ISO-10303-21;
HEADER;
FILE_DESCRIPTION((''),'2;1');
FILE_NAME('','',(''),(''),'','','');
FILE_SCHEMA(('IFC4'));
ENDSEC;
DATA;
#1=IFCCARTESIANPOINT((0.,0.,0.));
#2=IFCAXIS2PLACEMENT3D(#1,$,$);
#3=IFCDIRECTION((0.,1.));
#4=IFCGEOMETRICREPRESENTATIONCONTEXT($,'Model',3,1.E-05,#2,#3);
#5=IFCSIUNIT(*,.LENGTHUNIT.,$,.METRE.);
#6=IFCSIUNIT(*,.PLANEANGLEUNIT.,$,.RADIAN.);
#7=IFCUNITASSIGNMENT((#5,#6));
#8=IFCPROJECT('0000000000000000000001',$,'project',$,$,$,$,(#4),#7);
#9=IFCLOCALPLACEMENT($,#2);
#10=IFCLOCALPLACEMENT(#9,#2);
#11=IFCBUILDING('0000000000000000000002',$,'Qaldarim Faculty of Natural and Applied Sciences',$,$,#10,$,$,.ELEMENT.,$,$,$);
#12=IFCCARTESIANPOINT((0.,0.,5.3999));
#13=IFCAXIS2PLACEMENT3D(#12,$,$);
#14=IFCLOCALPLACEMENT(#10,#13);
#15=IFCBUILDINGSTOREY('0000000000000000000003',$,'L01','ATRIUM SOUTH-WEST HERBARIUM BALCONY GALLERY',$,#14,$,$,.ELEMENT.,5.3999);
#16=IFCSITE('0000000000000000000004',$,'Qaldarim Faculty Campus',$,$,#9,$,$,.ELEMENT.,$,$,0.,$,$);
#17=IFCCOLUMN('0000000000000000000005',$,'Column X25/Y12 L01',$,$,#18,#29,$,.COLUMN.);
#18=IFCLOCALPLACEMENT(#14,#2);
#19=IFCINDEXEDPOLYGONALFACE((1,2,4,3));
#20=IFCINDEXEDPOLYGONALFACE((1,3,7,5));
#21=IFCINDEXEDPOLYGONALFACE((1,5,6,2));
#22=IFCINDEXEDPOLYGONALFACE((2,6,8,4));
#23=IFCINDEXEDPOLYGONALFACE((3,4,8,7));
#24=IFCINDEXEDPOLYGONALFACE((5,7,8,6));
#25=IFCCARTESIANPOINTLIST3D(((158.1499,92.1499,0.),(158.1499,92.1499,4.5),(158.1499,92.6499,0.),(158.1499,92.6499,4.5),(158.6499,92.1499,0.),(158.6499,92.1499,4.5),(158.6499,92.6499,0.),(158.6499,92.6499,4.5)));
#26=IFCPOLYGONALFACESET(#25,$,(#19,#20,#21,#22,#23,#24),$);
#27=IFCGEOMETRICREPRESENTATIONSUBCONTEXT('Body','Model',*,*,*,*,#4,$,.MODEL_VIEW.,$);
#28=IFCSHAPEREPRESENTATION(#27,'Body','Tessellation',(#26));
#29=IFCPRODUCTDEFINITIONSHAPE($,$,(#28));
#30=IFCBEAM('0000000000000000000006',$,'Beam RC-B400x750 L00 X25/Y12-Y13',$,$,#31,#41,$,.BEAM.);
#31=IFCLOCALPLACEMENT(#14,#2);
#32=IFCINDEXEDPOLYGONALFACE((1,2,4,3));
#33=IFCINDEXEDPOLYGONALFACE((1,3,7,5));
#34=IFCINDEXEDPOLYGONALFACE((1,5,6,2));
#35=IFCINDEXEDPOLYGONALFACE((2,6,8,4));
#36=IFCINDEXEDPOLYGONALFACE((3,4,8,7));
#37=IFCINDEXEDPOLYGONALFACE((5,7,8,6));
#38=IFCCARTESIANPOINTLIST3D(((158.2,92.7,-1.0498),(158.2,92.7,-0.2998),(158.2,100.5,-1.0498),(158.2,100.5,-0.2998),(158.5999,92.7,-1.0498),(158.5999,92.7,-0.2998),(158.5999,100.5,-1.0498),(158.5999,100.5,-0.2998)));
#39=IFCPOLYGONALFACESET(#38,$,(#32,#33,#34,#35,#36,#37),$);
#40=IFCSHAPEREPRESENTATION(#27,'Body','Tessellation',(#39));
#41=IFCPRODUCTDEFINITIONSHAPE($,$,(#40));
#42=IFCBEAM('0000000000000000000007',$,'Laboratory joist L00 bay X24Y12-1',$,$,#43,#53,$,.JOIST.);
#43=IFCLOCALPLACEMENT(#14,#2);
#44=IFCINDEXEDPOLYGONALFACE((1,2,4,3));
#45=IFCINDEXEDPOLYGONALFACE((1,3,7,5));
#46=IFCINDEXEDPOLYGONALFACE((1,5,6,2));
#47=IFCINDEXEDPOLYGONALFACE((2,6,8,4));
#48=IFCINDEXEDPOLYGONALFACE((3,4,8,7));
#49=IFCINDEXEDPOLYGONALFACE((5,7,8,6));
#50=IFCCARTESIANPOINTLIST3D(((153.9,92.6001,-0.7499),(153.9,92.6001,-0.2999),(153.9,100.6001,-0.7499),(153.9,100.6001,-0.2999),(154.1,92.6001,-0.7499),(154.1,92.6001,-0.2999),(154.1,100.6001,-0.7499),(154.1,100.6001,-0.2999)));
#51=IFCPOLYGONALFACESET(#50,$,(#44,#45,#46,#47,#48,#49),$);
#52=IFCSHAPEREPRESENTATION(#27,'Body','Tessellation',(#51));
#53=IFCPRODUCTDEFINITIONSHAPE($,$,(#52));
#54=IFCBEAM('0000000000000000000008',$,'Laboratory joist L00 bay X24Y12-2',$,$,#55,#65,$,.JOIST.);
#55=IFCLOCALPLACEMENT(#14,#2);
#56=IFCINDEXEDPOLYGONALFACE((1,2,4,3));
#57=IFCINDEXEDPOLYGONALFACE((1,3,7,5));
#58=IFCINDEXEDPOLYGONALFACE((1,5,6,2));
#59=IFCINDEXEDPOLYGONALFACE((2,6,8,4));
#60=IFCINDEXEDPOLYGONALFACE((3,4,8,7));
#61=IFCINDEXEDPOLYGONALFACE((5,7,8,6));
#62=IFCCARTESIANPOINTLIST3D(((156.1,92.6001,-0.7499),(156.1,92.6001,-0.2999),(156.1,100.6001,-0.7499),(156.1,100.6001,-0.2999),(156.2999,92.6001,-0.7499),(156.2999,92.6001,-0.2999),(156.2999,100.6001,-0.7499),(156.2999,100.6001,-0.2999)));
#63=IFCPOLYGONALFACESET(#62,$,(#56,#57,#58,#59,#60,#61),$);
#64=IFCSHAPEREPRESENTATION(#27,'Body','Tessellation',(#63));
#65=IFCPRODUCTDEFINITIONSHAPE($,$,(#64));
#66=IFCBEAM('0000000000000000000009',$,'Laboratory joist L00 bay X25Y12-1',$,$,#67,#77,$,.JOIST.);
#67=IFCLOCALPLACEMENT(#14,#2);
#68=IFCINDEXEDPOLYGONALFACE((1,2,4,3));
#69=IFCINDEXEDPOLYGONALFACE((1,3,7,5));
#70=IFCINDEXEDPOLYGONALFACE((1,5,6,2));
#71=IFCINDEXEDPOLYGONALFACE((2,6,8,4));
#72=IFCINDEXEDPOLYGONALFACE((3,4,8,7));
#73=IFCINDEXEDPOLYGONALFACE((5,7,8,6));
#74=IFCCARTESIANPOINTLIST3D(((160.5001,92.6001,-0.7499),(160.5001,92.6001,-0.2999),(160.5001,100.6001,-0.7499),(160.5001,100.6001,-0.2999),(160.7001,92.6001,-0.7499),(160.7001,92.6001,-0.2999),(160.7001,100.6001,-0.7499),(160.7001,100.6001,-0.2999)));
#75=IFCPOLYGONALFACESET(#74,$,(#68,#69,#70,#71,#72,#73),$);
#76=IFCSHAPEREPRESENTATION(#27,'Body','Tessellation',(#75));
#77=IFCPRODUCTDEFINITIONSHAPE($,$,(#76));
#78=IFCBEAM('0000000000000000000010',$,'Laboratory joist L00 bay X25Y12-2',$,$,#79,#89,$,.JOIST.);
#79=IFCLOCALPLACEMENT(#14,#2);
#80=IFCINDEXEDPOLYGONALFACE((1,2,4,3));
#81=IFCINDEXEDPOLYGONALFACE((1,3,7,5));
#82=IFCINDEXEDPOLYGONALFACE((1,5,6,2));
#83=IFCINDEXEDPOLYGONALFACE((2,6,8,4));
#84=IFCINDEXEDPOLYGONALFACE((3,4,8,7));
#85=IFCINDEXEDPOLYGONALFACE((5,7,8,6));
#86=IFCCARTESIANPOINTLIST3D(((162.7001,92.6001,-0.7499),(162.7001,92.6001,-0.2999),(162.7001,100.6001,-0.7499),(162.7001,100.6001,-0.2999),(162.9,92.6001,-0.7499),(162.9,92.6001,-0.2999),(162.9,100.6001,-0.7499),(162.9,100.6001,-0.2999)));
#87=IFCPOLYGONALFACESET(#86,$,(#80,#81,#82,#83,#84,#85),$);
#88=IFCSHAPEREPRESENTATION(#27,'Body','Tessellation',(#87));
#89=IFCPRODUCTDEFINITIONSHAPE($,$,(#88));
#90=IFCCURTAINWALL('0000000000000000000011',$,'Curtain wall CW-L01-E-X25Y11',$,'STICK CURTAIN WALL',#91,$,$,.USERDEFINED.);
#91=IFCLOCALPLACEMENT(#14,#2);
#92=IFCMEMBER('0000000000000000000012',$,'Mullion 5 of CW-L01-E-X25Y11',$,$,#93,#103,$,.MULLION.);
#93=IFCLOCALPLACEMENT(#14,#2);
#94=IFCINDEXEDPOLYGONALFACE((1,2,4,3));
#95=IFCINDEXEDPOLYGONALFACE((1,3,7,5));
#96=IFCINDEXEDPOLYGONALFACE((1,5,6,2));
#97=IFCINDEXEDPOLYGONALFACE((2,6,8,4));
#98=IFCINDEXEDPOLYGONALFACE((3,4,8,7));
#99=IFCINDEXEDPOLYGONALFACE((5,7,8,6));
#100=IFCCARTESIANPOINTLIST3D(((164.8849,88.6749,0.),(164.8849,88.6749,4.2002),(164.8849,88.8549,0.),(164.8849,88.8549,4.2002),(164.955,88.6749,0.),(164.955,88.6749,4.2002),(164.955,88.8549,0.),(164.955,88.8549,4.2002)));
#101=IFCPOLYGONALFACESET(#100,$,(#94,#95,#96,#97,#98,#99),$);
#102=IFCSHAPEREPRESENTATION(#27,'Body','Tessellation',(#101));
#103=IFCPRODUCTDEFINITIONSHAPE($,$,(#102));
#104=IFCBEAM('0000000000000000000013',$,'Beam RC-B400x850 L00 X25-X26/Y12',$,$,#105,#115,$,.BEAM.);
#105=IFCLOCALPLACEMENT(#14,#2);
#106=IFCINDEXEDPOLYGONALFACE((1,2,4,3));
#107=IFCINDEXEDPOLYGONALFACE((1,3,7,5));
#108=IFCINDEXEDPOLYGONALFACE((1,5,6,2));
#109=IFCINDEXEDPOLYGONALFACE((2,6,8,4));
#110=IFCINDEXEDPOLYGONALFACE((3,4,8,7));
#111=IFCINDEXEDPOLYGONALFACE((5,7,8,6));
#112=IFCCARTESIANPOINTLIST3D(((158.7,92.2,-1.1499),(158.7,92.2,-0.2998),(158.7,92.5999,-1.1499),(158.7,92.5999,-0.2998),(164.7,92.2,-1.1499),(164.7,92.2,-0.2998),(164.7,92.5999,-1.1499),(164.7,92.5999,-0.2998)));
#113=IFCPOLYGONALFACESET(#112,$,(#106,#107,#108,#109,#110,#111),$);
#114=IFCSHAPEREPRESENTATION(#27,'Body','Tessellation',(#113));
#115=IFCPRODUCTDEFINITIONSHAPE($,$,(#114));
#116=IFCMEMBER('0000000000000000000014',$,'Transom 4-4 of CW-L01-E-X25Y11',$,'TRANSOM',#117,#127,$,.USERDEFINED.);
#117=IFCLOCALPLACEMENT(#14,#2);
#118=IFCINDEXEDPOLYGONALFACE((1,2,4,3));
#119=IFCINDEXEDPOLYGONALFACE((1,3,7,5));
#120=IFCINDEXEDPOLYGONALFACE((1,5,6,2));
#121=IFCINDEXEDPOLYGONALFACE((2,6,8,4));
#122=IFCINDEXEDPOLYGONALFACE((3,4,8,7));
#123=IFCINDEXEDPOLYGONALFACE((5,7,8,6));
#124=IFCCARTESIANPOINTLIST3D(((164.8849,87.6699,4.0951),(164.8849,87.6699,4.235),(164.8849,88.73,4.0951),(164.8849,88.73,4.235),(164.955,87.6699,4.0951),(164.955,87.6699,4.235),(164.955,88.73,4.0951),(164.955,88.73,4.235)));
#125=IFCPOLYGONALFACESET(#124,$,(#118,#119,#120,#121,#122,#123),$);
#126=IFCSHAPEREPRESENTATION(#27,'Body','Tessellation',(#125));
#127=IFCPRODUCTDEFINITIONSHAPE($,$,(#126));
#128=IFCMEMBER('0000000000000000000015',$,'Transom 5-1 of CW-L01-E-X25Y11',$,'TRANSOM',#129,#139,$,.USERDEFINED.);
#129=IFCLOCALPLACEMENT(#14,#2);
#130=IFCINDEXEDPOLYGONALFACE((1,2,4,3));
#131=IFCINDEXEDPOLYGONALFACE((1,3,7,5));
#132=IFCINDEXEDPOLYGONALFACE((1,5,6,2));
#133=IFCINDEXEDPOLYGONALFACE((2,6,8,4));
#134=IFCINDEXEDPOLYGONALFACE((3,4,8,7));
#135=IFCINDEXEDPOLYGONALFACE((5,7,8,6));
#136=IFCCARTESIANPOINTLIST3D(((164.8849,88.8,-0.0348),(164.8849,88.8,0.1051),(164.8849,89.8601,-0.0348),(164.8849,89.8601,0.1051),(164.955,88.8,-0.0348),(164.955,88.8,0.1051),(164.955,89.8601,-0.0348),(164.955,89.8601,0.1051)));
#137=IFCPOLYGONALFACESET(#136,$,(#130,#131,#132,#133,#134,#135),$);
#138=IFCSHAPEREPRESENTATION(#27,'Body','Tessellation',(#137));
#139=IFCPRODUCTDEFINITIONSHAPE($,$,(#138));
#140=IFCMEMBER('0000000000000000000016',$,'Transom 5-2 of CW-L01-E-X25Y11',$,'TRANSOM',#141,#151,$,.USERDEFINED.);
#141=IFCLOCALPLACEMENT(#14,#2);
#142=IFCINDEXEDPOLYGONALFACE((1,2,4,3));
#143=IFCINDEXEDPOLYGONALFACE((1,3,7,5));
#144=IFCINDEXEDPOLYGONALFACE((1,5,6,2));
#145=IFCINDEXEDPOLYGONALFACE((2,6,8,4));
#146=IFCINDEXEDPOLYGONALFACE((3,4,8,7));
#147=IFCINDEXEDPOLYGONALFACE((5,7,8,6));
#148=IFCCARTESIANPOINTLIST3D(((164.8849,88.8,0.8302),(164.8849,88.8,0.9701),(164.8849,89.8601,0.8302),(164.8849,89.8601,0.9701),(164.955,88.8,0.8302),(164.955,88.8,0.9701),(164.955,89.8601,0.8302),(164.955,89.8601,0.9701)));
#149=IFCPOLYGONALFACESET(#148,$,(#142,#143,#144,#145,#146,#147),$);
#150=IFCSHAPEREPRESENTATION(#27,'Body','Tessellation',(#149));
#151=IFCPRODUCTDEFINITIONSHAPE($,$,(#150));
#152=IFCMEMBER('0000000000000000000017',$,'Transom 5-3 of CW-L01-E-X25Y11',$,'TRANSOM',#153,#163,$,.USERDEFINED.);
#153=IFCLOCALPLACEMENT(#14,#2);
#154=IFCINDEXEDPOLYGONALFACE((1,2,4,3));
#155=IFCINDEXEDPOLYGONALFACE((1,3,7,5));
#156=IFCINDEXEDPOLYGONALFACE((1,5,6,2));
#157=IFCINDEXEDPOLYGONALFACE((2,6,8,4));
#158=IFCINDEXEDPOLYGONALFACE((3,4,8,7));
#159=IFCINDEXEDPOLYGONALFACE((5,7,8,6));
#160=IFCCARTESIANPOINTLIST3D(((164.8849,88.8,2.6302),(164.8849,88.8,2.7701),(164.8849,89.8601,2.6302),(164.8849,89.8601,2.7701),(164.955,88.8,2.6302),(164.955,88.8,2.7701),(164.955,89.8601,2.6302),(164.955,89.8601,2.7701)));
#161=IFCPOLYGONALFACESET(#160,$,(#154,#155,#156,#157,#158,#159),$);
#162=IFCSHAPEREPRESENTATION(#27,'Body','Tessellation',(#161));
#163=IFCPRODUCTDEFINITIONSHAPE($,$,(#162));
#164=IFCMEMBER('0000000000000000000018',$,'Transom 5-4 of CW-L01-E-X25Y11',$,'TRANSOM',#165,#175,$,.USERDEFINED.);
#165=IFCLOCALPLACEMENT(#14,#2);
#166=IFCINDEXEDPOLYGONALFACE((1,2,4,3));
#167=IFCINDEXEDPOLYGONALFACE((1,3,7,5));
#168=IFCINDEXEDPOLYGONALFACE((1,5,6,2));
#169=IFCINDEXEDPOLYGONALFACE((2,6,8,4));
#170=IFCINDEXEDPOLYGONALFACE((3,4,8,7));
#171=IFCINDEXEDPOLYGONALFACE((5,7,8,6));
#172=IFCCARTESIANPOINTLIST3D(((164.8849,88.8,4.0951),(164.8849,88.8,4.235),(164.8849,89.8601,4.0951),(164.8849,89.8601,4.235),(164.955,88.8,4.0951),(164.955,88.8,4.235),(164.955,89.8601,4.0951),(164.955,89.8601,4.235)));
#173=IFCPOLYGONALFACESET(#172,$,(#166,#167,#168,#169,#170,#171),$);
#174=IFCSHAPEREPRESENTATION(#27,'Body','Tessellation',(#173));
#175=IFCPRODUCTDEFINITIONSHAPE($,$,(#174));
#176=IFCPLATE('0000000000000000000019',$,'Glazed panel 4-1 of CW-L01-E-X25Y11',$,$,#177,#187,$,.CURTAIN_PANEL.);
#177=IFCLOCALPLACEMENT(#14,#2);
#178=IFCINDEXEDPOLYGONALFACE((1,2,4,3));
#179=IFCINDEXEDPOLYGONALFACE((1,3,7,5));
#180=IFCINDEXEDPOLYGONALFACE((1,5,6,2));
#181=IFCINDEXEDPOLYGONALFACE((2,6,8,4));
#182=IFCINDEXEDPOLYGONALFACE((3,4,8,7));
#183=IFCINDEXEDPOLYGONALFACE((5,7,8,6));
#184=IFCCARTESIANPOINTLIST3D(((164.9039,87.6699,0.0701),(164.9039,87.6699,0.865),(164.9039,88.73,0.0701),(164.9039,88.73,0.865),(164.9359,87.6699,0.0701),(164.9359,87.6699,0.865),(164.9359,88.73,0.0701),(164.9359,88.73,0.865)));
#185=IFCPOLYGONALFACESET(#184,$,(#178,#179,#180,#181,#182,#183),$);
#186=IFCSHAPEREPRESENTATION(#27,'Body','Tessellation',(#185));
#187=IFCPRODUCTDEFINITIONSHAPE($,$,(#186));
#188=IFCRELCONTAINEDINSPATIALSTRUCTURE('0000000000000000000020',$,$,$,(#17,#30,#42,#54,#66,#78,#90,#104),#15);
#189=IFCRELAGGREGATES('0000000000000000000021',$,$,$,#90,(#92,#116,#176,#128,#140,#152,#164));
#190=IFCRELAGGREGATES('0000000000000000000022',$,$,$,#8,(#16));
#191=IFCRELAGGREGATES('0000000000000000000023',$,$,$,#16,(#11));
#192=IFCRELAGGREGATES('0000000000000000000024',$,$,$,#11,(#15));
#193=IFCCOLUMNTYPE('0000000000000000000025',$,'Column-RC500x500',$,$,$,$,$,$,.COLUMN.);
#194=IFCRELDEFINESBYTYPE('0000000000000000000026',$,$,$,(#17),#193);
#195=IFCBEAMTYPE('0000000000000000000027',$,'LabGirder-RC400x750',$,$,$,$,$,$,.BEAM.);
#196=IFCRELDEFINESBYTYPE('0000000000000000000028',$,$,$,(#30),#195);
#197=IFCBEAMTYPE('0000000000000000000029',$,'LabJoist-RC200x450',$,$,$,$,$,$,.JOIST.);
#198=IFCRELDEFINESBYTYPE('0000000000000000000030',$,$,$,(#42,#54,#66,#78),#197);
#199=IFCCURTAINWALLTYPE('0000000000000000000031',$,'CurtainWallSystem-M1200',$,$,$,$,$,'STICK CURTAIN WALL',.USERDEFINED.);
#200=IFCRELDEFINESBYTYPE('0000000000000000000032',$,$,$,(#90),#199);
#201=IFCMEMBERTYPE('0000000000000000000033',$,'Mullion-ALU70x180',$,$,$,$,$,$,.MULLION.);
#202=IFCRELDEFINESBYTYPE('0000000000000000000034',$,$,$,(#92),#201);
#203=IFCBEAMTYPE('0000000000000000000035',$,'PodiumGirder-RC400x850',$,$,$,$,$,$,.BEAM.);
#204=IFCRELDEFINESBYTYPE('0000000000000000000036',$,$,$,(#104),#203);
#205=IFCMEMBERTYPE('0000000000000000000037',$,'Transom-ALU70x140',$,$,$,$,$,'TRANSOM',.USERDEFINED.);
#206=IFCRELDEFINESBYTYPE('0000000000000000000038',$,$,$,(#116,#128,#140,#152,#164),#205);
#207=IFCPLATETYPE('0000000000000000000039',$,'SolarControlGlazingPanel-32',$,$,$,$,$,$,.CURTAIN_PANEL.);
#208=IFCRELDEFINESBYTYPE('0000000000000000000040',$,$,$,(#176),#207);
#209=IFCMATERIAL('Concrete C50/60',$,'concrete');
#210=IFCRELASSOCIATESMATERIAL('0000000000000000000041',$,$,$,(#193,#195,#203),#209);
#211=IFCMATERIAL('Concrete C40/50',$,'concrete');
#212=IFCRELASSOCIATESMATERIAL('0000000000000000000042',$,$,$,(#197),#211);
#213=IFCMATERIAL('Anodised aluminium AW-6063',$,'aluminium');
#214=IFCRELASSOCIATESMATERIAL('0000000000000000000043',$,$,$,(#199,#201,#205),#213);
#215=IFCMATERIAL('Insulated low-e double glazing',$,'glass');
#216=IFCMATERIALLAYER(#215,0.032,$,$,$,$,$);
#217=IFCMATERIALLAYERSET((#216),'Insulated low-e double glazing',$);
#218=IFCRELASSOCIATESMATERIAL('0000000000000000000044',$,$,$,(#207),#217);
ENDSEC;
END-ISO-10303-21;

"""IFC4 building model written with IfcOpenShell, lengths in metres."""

from ifc_helpers import new_model, si_unit, direction, frame, origin, origin_2d, place, context, subcontext, project, spatial, rectangle, extrude, material, layer, layer_set, material_profile, profile_set, type_object, element, aggregate, save


model = new_model("IFC4")

# Units and contexts
model_context = context("Model", 3, precision=1e-05, world=origin(), true_north=direction((0.0, 1.0)))
body_context = subcontext(model_context, "Body", "Model", "MODEL_VIEW")
ifc_project = project(units=[si_unit("LENGTHUNIT", "METRE"), si_unit("PLANEANGLEUNIT", "RADIAN")], contexts=[model_context])

# Site, building, storey
site_placement = place(None, origin())
site = spatial("IfcSite", under=ifc_project, at=site_placement, Name="Qaldarim Faculty Campus", CompositionType="ELEMENT", RefElevation=0.0)
building_placement = place(site_placement, origin())
building = spatial("IfcBuilding", under=site, at=building_placement, Name="Qaldarim Faculty of Natural and Applied Sciences", CompositionType="ELEMENT")
storey_placement = place(building_placement, frame((0.0, 0.0, 5.3999)))
storey = spatial("IfcBuildingStorey", under=building, at=storey_placement, Name="L01", Description="ATRIUM SOUTH-WEST HERBARIUM BALCONY GALLERY", CompositionType="ELEMENT", Elevation=5.3999)

# Column
ifc_material_1 = material(Name="Concrete C50/60", Category="concrete")
ifc_material_profile_1 = material_profile(ifc_material_1, rectangle(XDim=0.5, YDim=0.5, at=origin_2d()), Name="RC-C500x500")
ifc_profile_set_1 = profile_set([ifc_material_profile_1], Name="Concrete C50/60")
column_type = type_object("IfcColumnType", Name="Column-RC500x500", PredefinedType="COLUMN", material=ifc_profile_set_1)
column_placement = place(storey_placement, frame((158.3999, 92.3999, 0.0), z_axis=(0.0, 0.0, 1.0), x_axis=(1.0, 0.0, 0.0)))
element("IfcColumn", 1, at=column_placement, inside=storey, type_object=column_type, Name="Column X25/Y12 L01", PredefinedType="COLUMN", context=body_context, shape_type="SweptSolid", body=[
    extrude(rectangle(XDim=0.5, YDim=0.5, at=origin_2d()), origin(), (0.0, 0.0, 1.0), 4.5),
])

# Beams
ifc_material_profile_2 = material_profile(ifc_material_1, rectangle(XDim=0.3999, YDim=0.75, at=origin_2d()), Name="RC-B400x750")
ifc_profile_set_2 = profile_set([ifc_material_profile_2], Name="Concrete C50/60")
beam_type_1 = type_object("IfcBeamType", Name="LabGirder-RC400x750", PredefinedType="BEAM", material=ifc_profile_set_2)
beam_1_placement = place(storey_placement, frame((158.3999, 92.7, -0.6748), z_axis=(0.0, 1.0, 0.0), x_axis=(-1.0, 0.0, 0.0)))
element("IfcBeam", 2, at=beam_1_placement, inside=storey, type_object=beam_type_1, Name="Beam RC-B400x750 L00 X25/Y12-Y13", PredefinedType="BEAM", context=body_context, shape_type="SweptSolid", body=[
    extrude(rectangle(XDim=0.3999, YDim=0.75, at=origin_2d()), origin(), (0.0, 0.0, 1.0), 7.8),
])
ifc_material_2 = material(Name="Concrete C40/50", Category="concrete")
ifc_material_profile_3 = material_profile(ifc_material_2, rectangle(XDim=0.2, YDim=0.45, at=origin_2d()), Name="RC-J200x450")
ifc_profile_set_3 = profile_set([ifc_material_profile_3], Name="Concrete C40/50")
beam_type_2 = type_object("IfcBeamType", Name="LabJoist-RC200x450", PredefinedType="JOIST", material=ifc_profile_set_3)
for number, where, z_axis, x_axis, name in (
    (3, (154.0, 92.6001, -0.5249), (0.0, 1.0, 0.0), (-1.0, 0.0, 0.0), "Laboratory joist L00 bay X24Y12-1"),
    (4, (156.2, 92.6001, -0.5249), (0.0, 1.0, 0.0), (-1.0, 0.0, 0.0), "Laboratory joist L00 bay X24Y12-2"),
    (5, (160.6001, 92.6001, -0.5249), (0.0, 1.0, 0.0), (-1.0, 0.0, 0.0), "Laboratory joist L00 bay X25Y12-1"),
    (6, (162.8, 92.6001, -0.5249), (0.0, 1.0, 0.0), (-1.0, 0.0, 0.0), "Laboratory joist L00 bay X25Y12-2"),
):
    element("IfcBeam", number, at=place(storey_placement, frame(where, z_axis=z_axis, x_axis=x_axis)), inside=storey, type_object=beam_type_2, Name=name, PredefinedType="JOIST", context=body_context, shape_type="SweptSolid", body=[
        extrude(rectangle(XDim=0.2, YDim=0.45, at=origin_2d()), origin(), (0.0, 0.0, 1.0), 8.0),
    ])

# Curtain wall, member
ifc_material_3 = material(Name="Anodised aluminium AW-6063", Category="aluminium")
curtain_wall_type = type_object("IfcCurtainWallType", Name="CurtainWallSystem-M1200", ElementType="STICK CURTAIN WALL", PredefinedType="USERDEFINED", material=ifc_material_3)
curtain_wall_placement = place(storey_placement, origin())
curtain_wall = element("IfcCurtainWall", 7, at=curtain_wall_placement, inside=storey, type_object=curtain_wall_type, Name="Curtain wall CW-L01-E-X25Y11", ObjectType="STICK CURTAIN WALL", PredefinedType="USERDEFINED")
ifc_material_profile_4 = material_profile(ifc_material_3, rectangle(XDim=0.0701, YDim=0.1799, at=origin_2d()), Name="ALU-M70x180")
ifc_profile_set_4 = profile_set([ifc_material_profile_4], Name="Anodised aluminium AW-6063")
member_type_1 = type_object("IfcMemberType", Name="Mullion-ALU70x180", PredefinedType="MULLION", material=ifc_profile_set_4)
member_1_placement = place(storey_placement, frame((164.9199, 88.7649, 0.0), z_axis=(0.0, 0.0, 1.0), x_axis=(-1.0, 0.0, 0.0)))
member_1 = element("IfcMember", 8, at=member_1_placement, type_object=member_type_1, Name="Mullion 5 of CW-L01-E-X25Y11", PredefinedType="MULLION", context=body_context, shape_type="SweptSolid", body=[
    extrude(rectangle(XDim=0.0701, YDim=0.1799, at=origin_2d()), origin(), (0.0, 0.0, 1.0), 4.2002),
])

# Beam
ifc_material_profile_5 = material_profile(ifc_material_1, rectangle(XDim=0.3999, YDim=0.8501, at=origin_2d()), Name="RC-B400x850")
ifc_profile_set_5 = profile_set([ifc_material_profile_5], Name="Concrete C50/60")
beam_type_3 = type_object("IfcBeamType", Name="PodiumGirder-RC400x850", PredefinedType="BEAM", material=ifc_profile_set_5)
beam_2_placement = place(storey_placement, frame((158.7, 92.3999, -0.7249), z_axis=(1.0, 0.0, 0.0), x_axis=(0.0, 1.0, 0.0)))
element("IfcBeam", 9, at=beam_2_placement, inside=storey, type_object=beam_type_3, Name="Beam RC-B400x850 L00 X25-X26/Y12", PredefinedType="BEAM", context=body_context, shape_type="SweptSolid", body=[
    extrude(rectangle(XDim=0.3999, YDim=0.8501, at=origin_2d()), origin(), (0.0, 0.0, 1.0), 6.0),
])

# Members
ifc_material_profile_6 = material_profile(ifc_material_3, rectangle(XDim=0.0701, YDim=0.1399, at=origin_2d()), Name="ALU-T70x140")
ifc_profile_set_6 = profile_set([ifc_material_profile_6], Name="Anodised aluminium AW-6063")
member_type_2 = type_object("IfcMemberType", Name="Transom-ALU70x140", ElementType="TRANSOM", PredefinedType="USERDEFINED", material=ifc_profile_set_6)
member_2_placement = place(storey_placement, frame((164.9199, 87.6699, 4.165), z_axis=(0.0, 1.0, 0.0), x_axis=(-1.0, 0.0, 0.0)))
member_2 = element("IfcMember", 10, at=member_2_placement, type_object=member_type_2, Name="Transom 4-4 of CW-L01-E-X25Y11", ObjectType="TRANSOM", PredefinedType="USERDEFINED", context=body_context, shape_type="SweptSolid", body=[
    extrude(rectangle(XDim=0.0701, YDim=0.1399, at=origin_2d()), origin(), (0.0, 0.0, 1.0), 1.0601),
])
member_3_placement = place(storey_placement, frame((164.9199, 88.8, 0.0352), z_axis=(0.0, 1.0, 0.0), x_axis=(-1.0, 0.0, 0.0)))
member_3 = element("IfcMember", 11, at=member_3_placement, type_object=member_type_2, Name="Transom 5-1 of CW-L01-E-X25Y11", ObjectType="TRANSOM", PredefinedType="USERDEFINED", context=body_context, shape_type="SweptSolid", body=[
    extrude(rectangle(XDim=0.0701, YDim=0.1399, at=origin_2d()), origin(), (0.0, 0.0, 1.0), 1.0601),
])
member_4_placement = place(storey_placement, frame((164.9199, 88.8, 0.9001), z_axis=(0.0, 1.0, 0.0), x_axis=(-1.0, 0.0, 0.0)))
member_4 = element("IfcMember", 12, at=member_4_placement, type_object=member_type_2, Name="Transom 5-2 of CW-L01-E-X25Y11", ObjectType="TRANSOM", PredefinedType="USERDEFINED", context=body_context, shape_type="SweptSolid", body=[
    extrude(rectangle(XDim=0.0701, YDim=0.1399, at=origin_2d()), origin(), (0.0, 0.0, 1.0), 1.0601),
])
member_5_placement = place(storey_placement, frame((164.9199, 88.8, 2.7002), z_axis=(0.0, 1.0, 0.0), x_axis=(-1.0, 0.0, 0.0)))
member_5 = element("IfcMember", 13, at=member_5_placement, type_object=member_type_2, Name="Transom 5-3 of CW-L01-E-X25Y11", ObjectType="TRANSOM", PredefinedType="USERDEFINED", context=body_context, shape_type="SweptSolid", body=[
    extrude(rectangle(XDim=0.0701, YDim=0.1399, at=origin_2d()), origin(), (0.0, 0.0, 1.0), 1.0601),
])
member_6_placement = place(storey_placement, frame((164.9199, 88.8, 4.165), z_axis=(0.0, 1.0, 0.0), x_axis=(-1.0, 0.0, 0.0)))
member_6 = element("IfcMember", 14, at=member_6_placement, type_object=member_type_2, Name="Transom 5-4 of CW-L01-E-X25Y11", ObjectType="TRANSOM", PredefinedType="USERDEFINED", context=body_context, shape_type="SweptSolid", body=[
    extrude(rectangle(XDim=0.0701, YDim=0.1399, at=origin_2d()), origin(), (0.0, 0.0, 1.0), 1.0601),
])

# Plate
ifc_material_4 = material(Name="Insulated low-e double glazing", Category="glass")
ifc_layer_1 = layer(ifc_material_4, 0.032)
ifc_layer_set_1 = layer_set([ifc_layer_1], Name="Insulated low-e double glazing")
plate_type = type_object("IfcPlateType", Name="SolarControlGlazingPanel-32", PredefinedType="CURTAIN_PANEL", material=ifc_layer_set_1)
plate_1_placement = place(storey_placement, frame((164.9199, 88.2, 0.0701), z_axis=(0.0, 0.0, 1.0), x_axis=(0.0, 1.0, 0.0)))
plate_1 = element("IfcPlate", 15, at=plate_1_placement, type_object=plate_type, Name="Glazed panel 4-1 of CW-L01-E-X25Y11", PredefinedType="CURTAIN_PANEL", context=body_context, shape_type="SweptSolid", body=[
    extrude(rectangle(XDim=1.0601, YDim=0.032, at=origin_2d()), origin(), (0.0, 0.0, 1.0), 0.7949),
])
aggregate(curtain_wall, [member_1, member_2, plate_1, member_3, member_4, member_5, member_6])

save(model, "model.ifc")
